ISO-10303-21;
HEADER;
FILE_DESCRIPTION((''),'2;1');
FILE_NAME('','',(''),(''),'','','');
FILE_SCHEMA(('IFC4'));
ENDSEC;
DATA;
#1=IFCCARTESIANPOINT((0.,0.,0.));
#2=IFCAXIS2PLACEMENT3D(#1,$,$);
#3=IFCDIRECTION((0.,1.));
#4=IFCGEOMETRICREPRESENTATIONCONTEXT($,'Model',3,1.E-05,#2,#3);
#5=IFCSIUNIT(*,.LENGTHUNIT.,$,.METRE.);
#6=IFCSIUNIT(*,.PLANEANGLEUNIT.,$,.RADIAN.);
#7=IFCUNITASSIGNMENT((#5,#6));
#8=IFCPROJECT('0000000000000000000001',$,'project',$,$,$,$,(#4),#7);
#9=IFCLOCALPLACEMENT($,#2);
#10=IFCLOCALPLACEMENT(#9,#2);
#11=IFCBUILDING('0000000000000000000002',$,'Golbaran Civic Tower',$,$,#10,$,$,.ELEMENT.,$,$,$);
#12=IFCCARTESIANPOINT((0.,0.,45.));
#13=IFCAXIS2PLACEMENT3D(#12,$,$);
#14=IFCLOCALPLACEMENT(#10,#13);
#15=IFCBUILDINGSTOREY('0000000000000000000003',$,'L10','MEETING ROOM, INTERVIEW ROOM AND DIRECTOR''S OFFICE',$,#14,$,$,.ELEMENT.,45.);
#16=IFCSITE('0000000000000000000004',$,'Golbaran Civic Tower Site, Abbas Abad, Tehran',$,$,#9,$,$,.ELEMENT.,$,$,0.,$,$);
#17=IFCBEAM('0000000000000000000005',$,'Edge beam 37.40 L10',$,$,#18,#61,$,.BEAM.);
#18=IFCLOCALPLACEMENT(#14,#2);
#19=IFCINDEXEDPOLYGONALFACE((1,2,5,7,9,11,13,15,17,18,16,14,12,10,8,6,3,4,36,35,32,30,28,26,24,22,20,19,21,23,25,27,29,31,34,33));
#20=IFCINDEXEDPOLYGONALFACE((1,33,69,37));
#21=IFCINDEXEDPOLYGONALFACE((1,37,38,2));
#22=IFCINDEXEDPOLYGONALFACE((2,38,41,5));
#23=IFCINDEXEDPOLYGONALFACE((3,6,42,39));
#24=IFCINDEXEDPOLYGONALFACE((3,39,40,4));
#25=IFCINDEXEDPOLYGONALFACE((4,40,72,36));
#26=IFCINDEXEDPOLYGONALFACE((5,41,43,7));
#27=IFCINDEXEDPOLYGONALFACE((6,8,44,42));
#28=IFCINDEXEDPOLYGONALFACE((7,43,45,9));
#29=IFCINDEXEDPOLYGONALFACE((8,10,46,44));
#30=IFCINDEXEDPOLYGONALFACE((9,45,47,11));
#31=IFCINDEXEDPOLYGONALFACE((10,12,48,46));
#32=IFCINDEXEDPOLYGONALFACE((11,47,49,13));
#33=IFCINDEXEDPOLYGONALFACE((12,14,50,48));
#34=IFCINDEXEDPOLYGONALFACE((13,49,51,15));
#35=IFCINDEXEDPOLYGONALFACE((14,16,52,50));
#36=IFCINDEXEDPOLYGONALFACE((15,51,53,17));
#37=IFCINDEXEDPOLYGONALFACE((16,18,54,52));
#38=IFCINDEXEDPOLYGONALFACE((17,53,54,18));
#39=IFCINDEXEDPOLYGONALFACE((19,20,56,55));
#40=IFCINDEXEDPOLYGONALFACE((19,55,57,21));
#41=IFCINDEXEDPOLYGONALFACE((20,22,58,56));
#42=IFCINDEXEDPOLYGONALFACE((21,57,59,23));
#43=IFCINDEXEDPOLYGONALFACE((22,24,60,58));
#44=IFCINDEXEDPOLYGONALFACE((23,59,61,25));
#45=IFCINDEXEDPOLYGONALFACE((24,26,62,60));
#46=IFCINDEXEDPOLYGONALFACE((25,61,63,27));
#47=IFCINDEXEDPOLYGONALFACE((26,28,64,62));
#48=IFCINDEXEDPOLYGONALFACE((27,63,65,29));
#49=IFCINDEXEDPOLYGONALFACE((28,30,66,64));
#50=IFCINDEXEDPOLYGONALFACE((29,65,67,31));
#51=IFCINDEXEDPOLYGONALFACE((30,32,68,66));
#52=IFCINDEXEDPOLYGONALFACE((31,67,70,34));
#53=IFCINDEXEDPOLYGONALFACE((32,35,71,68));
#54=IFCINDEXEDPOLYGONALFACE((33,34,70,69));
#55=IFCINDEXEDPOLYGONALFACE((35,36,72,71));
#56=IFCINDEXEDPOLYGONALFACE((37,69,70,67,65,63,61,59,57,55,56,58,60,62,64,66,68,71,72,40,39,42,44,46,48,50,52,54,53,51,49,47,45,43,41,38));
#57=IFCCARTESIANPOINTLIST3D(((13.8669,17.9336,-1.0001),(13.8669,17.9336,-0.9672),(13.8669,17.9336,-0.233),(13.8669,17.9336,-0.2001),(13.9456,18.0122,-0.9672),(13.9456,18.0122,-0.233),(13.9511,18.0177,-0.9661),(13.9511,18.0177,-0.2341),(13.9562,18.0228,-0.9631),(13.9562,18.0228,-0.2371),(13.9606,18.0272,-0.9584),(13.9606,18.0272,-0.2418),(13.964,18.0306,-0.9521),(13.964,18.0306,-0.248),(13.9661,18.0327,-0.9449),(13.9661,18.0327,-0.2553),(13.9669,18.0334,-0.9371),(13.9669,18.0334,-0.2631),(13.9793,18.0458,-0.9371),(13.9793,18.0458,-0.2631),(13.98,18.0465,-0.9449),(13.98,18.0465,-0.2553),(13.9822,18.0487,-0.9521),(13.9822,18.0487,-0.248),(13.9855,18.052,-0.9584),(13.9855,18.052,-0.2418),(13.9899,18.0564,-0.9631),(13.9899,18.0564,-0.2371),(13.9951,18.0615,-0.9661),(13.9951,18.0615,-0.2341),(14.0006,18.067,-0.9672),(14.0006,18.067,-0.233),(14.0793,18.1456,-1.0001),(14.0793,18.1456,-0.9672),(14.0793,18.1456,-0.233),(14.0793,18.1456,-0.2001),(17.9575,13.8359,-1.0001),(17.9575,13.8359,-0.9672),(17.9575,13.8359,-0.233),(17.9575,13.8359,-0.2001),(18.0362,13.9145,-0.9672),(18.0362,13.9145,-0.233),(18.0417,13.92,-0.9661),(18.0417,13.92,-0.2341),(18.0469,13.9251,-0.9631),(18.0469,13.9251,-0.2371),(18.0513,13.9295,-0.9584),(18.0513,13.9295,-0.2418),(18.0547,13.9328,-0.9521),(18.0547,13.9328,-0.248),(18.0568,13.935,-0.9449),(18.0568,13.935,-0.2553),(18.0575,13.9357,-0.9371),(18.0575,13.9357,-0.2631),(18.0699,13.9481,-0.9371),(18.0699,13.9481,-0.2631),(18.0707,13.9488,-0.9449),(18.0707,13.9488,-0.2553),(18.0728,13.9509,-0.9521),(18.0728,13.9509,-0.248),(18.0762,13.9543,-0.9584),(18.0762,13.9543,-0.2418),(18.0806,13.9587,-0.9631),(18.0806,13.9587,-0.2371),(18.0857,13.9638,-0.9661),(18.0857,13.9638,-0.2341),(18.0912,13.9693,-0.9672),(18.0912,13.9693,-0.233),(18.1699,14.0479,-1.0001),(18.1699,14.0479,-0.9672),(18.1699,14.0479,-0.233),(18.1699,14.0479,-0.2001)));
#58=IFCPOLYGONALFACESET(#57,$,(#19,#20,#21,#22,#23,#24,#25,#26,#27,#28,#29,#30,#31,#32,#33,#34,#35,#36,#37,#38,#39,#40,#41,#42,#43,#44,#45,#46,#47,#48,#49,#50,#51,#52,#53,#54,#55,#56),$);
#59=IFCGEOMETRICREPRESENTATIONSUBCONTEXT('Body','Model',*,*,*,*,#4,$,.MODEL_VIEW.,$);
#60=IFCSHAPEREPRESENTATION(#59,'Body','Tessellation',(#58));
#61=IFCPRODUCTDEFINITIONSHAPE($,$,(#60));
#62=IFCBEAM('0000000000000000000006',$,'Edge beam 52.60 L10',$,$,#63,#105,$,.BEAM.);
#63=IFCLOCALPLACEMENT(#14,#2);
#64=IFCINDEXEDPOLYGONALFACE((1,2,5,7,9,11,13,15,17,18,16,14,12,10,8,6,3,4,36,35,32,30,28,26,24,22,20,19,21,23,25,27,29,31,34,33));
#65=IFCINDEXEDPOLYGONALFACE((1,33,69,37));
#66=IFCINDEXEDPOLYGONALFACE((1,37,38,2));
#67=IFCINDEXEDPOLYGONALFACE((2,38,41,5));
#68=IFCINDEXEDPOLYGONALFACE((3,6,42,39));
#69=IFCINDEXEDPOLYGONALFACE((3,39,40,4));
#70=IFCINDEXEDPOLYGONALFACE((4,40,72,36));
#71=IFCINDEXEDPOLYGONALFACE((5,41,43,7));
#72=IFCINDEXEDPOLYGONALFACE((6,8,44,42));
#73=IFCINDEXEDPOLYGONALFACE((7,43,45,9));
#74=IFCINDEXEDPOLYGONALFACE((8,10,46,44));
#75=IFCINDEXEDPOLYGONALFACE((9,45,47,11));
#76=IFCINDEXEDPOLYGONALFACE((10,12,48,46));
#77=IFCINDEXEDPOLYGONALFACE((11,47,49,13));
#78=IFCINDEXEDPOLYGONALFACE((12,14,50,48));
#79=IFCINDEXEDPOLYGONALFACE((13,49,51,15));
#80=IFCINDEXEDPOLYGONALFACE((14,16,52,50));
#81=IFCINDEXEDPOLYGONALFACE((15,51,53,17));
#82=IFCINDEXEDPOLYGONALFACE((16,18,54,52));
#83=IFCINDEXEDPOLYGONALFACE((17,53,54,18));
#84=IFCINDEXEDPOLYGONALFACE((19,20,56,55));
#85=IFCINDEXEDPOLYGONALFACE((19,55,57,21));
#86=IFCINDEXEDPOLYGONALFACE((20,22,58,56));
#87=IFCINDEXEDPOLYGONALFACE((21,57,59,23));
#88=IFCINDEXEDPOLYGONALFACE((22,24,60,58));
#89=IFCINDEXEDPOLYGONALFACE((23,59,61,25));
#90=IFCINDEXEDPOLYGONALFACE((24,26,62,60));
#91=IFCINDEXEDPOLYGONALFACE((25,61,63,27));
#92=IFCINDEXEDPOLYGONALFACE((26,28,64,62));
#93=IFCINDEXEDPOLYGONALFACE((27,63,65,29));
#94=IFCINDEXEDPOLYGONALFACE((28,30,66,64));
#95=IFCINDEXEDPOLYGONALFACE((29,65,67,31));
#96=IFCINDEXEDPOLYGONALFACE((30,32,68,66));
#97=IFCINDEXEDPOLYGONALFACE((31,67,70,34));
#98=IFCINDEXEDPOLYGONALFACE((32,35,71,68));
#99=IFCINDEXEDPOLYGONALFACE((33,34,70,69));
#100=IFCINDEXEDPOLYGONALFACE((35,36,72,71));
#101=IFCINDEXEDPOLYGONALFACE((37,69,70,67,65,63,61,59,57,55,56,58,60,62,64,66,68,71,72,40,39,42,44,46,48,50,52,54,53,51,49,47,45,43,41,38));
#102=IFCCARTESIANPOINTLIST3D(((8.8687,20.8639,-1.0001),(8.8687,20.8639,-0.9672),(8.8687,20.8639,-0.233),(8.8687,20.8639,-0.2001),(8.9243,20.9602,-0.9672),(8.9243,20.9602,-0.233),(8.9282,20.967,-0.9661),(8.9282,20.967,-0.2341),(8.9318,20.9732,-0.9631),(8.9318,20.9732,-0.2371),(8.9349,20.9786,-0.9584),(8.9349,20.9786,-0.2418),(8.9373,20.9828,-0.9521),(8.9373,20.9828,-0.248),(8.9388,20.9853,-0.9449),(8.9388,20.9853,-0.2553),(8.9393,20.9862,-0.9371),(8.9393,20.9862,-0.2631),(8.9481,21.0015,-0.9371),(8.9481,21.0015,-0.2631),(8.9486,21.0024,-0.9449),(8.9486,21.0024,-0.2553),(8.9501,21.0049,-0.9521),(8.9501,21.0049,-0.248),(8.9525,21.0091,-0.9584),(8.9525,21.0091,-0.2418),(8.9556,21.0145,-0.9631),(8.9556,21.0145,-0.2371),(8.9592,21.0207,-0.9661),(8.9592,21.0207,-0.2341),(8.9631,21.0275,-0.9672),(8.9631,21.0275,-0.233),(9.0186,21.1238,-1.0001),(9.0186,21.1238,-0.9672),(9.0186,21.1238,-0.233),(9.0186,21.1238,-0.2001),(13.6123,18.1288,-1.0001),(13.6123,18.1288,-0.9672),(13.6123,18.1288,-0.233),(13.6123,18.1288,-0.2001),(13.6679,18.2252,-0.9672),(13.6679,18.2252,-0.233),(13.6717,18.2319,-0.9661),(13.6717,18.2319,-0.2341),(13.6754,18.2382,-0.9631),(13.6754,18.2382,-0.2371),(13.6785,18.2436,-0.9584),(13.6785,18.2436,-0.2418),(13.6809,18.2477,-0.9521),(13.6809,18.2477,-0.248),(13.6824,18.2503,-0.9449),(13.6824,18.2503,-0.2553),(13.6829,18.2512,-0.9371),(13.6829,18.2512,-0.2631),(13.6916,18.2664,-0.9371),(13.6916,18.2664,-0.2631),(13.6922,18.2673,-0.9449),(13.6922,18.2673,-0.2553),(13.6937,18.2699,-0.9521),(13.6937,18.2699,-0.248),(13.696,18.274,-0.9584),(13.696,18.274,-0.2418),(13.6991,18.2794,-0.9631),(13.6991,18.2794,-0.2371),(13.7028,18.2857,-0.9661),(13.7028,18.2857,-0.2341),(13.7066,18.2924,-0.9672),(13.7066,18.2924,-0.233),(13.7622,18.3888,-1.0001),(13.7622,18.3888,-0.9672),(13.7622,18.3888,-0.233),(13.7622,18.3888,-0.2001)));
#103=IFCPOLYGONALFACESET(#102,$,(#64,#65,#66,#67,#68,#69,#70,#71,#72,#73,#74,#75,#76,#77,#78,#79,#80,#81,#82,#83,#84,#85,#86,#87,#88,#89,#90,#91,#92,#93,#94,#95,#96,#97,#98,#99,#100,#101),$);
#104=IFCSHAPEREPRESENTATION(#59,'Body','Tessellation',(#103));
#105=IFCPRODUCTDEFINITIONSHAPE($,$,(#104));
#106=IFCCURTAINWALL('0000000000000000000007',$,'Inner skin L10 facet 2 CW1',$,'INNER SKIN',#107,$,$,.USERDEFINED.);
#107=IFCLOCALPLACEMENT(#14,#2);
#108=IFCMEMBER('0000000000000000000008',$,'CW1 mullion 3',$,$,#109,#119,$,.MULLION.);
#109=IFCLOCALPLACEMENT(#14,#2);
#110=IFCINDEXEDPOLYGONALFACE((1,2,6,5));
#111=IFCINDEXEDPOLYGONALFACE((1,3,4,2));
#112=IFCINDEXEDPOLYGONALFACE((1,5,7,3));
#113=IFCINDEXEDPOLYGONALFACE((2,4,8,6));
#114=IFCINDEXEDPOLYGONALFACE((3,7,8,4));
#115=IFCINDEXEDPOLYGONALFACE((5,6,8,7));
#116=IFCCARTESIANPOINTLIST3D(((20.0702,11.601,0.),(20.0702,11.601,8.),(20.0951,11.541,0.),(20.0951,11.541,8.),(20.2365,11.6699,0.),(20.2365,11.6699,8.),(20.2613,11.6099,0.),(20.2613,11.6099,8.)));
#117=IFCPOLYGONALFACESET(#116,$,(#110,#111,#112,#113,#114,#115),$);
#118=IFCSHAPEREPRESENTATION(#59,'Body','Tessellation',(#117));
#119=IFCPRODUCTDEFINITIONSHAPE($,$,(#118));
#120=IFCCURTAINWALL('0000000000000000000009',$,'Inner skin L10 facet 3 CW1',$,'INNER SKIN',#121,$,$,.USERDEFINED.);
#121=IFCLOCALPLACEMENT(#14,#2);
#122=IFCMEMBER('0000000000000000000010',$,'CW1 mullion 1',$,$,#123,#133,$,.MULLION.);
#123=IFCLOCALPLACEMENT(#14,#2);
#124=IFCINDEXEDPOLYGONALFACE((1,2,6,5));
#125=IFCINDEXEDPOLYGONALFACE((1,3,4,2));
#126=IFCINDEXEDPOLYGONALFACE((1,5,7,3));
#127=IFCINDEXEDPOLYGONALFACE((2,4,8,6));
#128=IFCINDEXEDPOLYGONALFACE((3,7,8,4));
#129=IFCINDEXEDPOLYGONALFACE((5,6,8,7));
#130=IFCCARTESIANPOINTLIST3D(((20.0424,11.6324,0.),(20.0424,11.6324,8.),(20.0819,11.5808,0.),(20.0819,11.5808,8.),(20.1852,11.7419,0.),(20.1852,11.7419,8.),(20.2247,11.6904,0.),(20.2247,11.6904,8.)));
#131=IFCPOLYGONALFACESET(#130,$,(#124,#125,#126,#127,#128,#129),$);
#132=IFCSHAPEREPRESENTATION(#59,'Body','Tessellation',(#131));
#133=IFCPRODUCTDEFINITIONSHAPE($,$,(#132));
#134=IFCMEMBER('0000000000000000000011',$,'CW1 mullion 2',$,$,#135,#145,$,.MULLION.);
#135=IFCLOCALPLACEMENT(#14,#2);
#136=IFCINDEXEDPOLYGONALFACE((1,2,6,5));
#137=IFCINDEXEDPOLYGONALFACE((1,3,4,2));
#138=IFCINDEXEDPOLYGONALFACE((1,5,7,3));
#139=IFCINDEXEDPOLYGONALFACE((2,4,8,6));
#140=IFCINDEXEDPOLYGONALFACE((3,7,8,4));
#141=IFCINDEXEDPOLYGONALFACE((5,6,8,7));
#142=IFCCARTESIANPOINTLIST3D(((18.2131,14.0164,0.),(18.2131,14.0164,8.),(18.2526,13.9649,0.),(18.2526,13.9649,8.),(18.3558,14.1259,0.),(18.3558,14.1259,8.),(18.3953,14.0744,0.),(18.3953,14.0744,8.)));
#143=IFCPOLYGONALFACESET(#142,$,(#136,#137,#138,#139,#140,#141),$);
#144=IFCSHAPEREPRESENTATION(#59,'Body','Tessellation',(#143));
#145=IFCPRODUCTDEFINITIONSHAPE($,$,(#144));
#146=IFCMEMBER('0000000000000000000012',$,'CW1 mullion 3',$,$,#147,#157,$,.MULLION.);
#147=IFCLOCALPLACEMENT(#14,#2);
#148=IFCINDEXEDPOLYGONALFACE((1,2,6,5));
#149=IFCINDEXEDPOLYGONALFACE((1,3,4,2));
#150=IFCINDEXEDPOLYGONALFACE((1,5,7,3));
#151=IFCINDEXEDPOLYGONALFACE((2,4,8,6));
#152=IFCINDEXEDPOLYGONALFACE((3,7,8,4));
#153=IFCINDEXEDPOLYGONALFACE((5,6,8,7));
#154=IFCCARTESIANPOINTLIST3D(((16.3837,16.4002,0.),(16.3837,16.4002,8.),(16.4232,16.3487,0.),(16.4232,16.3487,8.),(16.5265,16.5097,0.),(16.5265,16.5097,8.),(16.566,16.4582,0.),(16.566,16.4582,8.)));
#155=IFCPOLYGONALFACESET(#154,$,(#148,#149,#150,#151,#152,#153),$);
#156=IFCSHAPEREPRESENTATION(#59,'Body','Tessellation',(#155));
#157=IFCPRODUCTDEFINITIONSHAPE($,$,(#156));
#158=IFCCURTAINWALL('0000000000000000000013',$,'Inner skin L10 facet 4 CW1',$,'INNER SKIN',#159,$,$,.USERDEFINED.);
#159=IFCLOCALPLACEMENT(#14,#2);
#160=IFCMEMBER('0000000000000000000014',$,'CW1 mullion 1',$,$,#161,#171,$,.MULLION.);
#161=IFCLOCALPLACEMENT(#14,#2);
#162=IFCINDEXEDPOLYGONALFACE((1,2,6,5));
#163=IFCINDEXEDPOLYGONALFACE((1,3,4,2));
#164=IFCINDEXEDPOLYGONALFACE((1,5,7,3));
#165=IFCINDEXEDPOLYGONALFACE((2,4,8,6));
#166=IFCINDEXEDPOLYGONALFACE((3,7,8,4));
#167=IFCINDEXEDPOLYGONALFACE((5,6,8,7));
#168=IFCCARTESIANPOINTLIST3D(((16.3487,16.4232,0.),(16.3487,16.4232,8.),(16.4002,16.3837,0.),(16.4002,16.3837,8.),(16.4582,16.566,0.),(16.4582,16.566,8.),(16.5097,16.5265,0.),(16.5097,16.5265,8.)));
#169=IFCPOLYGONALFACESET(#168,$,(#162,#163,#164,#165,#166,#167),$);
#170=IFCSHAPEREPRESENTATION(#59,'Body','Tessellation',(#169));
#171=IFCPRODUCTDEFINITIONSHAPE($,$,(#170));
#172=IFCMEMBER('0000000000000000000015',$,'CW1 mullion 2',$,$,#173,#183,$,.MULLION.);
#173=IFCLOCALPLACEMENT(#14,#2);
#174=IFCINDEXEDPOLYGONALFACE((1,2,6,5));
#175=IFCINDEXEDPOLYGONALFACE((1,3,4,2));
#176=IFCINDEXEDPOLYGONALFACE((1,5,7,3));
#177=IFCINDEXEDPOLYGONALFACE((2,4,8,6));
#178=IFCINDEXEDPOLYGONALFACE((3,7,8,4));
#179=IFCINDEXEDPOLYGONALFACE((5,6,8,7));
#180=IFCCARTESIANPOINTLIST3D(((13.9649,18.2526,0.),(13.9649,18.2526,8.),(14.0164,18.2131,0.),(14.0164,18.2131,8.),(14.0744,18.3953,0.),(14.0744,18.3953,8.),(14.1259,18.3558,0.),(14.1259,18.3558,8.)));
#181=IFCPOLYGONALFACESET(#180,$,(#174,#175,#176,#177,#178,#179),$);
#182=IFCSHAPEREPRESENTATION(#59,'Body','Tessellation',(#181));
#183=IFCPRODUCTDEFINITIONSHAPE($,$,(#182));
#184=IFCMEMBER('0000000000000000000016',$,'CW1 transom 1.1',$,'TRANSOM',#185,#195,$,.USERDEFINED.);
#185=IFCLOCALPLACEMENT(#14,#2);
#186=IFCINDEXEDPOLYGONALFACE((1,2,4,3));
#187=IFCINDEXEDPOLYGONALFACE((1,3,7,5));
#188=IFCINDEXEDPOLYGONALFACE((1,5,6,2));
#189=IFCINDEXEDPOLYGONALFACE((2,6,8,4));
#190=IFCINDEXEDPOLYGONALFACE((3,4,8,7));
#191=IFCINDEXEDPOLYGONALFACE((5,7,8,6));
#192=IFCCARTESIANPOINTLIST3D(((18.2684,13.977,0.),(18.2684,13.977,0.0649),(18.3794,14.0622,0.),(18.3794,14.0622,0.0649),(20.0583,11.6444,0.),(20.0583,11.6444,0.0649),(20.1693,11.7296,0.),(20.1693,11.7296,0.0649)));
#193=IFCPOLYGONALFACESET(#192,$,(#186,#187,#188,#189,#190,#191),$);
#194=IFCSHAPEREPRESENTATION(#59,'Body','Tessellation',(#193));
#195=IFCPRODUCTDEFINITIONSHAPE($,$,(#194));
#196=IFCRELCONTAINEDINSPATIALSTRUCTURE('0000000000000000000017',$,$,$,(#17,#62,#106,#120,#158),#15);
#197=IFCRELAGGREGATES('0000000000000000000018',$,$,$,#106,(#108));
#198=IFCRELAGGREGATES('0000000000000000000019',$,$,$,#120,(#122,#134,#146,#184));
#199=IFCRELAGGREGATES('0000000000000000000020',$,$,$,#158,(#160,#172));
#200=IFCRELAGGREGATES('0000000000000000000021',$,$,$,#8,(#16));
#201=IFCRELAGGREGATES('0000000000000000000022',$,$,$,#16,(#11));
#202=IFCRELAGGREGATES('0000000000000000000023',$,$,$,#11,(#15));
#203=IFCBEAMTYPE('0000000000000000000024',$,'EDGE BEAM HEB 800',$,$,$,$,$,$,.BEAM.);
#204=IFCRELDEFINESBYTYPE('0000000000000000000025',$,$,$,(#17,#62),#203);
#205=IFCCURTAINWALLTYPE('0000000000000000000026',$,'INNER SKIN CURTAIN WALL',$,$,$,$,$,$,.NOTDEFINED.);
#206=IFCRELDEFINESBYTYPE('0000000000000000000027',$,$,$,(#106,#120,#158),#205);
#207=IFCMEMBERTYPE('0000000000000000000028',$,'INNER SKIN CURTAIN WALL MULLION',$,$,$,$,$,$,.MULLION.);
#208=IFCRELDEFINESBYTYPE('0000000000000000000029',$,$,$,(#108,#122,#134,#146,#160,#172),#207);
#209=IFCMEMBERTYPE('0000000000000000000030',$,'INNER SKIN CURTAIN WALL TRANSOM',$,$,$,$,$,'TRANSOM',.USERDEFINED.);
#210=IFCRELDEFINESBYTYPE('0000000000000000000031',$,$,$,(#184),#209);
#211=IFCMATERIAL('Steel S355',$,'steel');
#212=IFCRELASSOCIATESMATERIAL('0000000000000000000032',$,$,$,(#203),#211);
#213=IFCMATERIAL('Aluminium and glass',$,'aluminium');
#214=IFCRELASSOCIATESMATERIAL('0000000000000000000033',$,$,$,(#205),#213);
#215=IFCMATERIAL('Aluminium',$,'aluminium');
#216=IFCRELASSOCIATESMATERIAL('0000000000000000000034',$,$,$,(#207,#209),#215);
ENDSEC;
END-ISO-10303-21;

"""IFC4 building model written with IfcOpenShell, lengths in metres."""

from ifc_helpers import new_model, si_unit, direction, frame, origin, origin_2d, place, context, subcontext, project, spatial, rectangle, i_section, extrude, material, material_profile, profile_set, type_object, element, aggregate, save


model = new_model("IFC4")

# Units and contexts
model_context = context("Model", 3, precision=1e-05, world=origin(), true_north=direction((0.0, 1.0)))
body_context = subcontext(model_context, "Body", "Model", "MODEL_VIEW")
ifc_project = project(units=[si_unit("LENGTHUNIT", "METRE"), si_unit("PLANEANGLEUNIT", "RADIAN")], contexts=[model_context])

# Site, building, storey
site_placement = place(None, origin())
site = spatial("IfcSite", under=ifc_project, at=site_placement, Name="Golbaran Civic Tower Site, Abbas Abad, Tehran", CompositionType="ELEMENT", RefElevation=0.0)
building_placement = place(site_placement, origin())
building = spatial("IfcBuilding", under=site, at=building_placement, Name="Golbaran Civic Tower", CompositionType="ELEMENT")
storey_placement = place(building_placement, frame((0.0, 0.0, 45.0)))
storey = spatial("IfcBuildingStorey", under=building, at=storey_placement, Name="L10", Description="MEETING ROOM, INTERVIEW ROOM AND DIRECTOR'S OFFICE", CompositionType="ELEMENT", Elevation=45.0)

# Beams
ifc_material_1 = material(Name="Steel S355", Category="steel")
ifc_material_profile_1 = material_profile(ifc_material_1, i_section(OverallWidth=0.3, OverallDepth=0.8, WebThickness=0.0176, FlangeThickness=0.033, FilletRadius=0.03, at=origin_2d()), Name="HEB 800")
ifc_profile_set_1 = profile_set([ifc_material_profile_1], Name="Steel S355")
beam_type = type_object("IfcBeamType", Name="EDGE BEAM HEB 800", PredefinedType="BEAM", material=ifc_profile_set_1)
beam_1_placement = place(storey_placement, frame((18.0637, 13.9419, -0.6001), z_axis=(-0.706495, 0.707718, 0.0), x_axis=(-0.707718, -0.706495, 0.0)))
element("IfcBeam", 1, at=beam_1_placement, inside=storey, type_object=beam_type, Name="Edge beam 37.40 L10", PredefinedType="BEAM", context=body_context, shape_type="SweptSolid", body=[
    extrude(i_section(OverallWidth=0.3, OverallDepth=0.8, WebThickness=0.0176, FlangeThickness=0.033, FilletRadius=0.03, at=origin_2d()), origin(), (0.0, 0.0, 1.0), 5.79),
])
beam_2_placement = place(storey_placement, frame((13.6873, 18.2588, -0.6001), z_axis=(-0.866313, 0.499501, 0.0), x_axis=(-0.499501, -0.866313, 0.0)))
element("IfcBeam", 2, at=beam_2_placement, inside=storey, type_object=beam_type, Name="Edge beam 52.60 L10", PredefinedType="BEAM", context=body_context, shape_type="SweptSolid", body=[
    extrude(i_section(OverallWidth=0.3, OverallDepth=0.8, WebThickness=0.0176, FlangeThickness=0.033, FilletRadius=0.03, at=origin_2d()), origin(), (0.0, 0.0, 1.0), 5.4756),
])

# Curtain wall, member
ifc_material_2 = material(Name="Aluminium and glass", Category="aluminium")
curtain_wall_type = type_object("IfcCurtainWallType", Name="INNER SKIN CURTAIN WALL", PredefinedType="NOTDEFINED", material=ifc_material_2)
curtain_wall_1_placement = place(storey_placement, origin())
curtain_wall_1 = element("IfcCurtainWall", 3, at=curtain_wall_1_placement, inside=storey, type_object=curtain_wall_type, Name="Inner skin L10 facet 2 CW1", ObjectType="INNER SKIN", PredefinedType="USERDEFINED")
ifc_material_3 = material(Name="Aluminium", Category="aluminium")
ifc_material_profile_2 = material_profile(ifc_material_3, rectangle(XDim=0.1799, YDim=0.0649, at=origin_2d()), Name="INNER SKIN CURTAIN WALL MULLION")
ifc_profile_set_2 = profile_set([ifc_material_profile_2], Name="Aluminium")
member_type_1 = type_object("IfcMemberType", Name="INNER SKIN CURTAIN WALL MULLION", PredefinedType="MULLION", material=ifc_profile_set_2)
member_1_placement = place(storey_placement, frame((20.1658, 11.6055, 0.0), z_axis=(0.0, 0.0, 1.0), x_axis=(-0.92388, -0.382683, 0.0)))
member_1 = element("IfcMember", 4, at=member_1_placement, type_object=member_type_1, Name="CW1 mullion 3", PredefinedType="MULLION", context=body_context, shape_type="SweptSolid", body=[
    extrude(rectangle(XDim=0.1799, YDim=0.0649, at=origin_2d()), origin(), (0.0, 0.0, 1.0), 8.0),
])
aggregate(curtain_wall_1, [member_1])

# Curtain walls, members
curtain_wall_2_placement = place(storey_placement, origin())
curtain_wall_2 = element("IfcCurtainWall", 5, at=curtain_wall_2_placement, inside=storey, type_object=curtain_wall_type, Name="Inner skin L10 facet 3 CW1", ObjectType="INNER SKIN", PredefinedType="USERDEFINED")
member_2_placement = place(storey_placement, frame((20.1335, 11.6614, 0.0), z_axis=(0.0, 0.0, 1.0), x_axis=(-0.793353, -0.608761, 0.0)))
member_2 = element("IfcMember", 6, at=member_2_placement, type_object=member_type_1, Name="CW1 mullion 1", PredefinedType="MULLION", context=body_context, shape_type="SweptSolid", body=[
    extrude(rectangle(XDim=0.1799, YDim=0.0649, at=origin_2d()), origin(), (0.0, 0.0, 1.0), 8.0),
])
member_3_placement = place(storey_placement, frame((18.3042, 14.0454, 0.0), z_axis=(0.0, 0.0, 1.0), x_axis=(-0.793353, -0.608761, 0.0)))
member_3 = element("IfcMember", 7, at=member_3_placement, type_object=member_type_1, Name="CW1 mullion 2", PredefinedType="MULLION", context=body_context, shape_type="SweptSolid", body=[
    extrude(rectangle(XDim=0.1799, YDim=0.0649, at=origin_2d()), origin(), (0.0, 0.0, 1.0), 8.0),
])
member_4_placement = place(storey_placement, frame((16.4749, 16.4292, 0.0), z_axis=(0.0, 0.0, 1.0), x_axis=(-0.793353, -0.608761, 0.0)))
member_4 = element("IfcMember", 8, at=member_4_placement, type_object=member_type_1, Name="CW1 mullion 3", PredefinedType="MULLION", context=body_context, shape_type="SweptSolid", body=[
    extrude(rectangle(XDim=0.1799, YDim=0.0649, at=origin_2d()), origin(), (0.0, 0.0, 1.0), 8.0),
])
curtain_wall_3_placement = place(storey_placement, origin())
curtain_wall_3 = element("IfcCurtainWall", 9, at=curtain_wall_3_placement, inside=storey, type_object=curtain_wall_type, Name="Inner skin L10 facet 4 CW1", ObjectType="INNER SKIN", PredefinedType="USERDEFINED")
member_5_placement = place(storey_placement, frame((16.4292, 16.4749, 0.0), z_axis=(0.0, 0.0, 1.0), x_axis=(-0.608761, -0.793353, 0.0)))
member_5 = element("IfcMember", 10, at=member_5_placement, type_object=member_type_1, Name="CW1 mullion 1", PredefinedType="MULLION", context=body_context, shape_type="SweptSolid", body=[
    extrude(rectangle(XDim=0.1799, YDim=0.0649, at=origin_2d()), origin(), (0.0, 0.0, 1.0), 8.0),
])
member_6_placement = place(storey_placement, frame((14.0454, 18.3042, 0.0), z_axis=(0.0, 0.0, 1.0), x_axis=(-0.608761, -0.793353, 0.0)))
member_6 = element("IfcMember", 11, at=member_6_placement, type_object=member_type_1, Name="CW1 mullion 2", PredefinedType="MULLION", context=body_context, shape_type="SweptSolid", body=[
    extrude(rectangle(XDim=0.1799, YDim=0.0649, at=origin_2d()), origin(), (0.0, 0.0, 1.0), 8.0),
])

# Member
ifc_material_profile_3 = material_profile(ifc_material_3, rectangle(XDim=0.1399, YDim=0.0649, at=origin_2d()), Name="INNER SKIN CURTAIN WALL TRANSOM")
ifc_profile_set_3 = profile_set([ifc_material_profile_3], Name="Aluminium")
member_type_2 = type_object("IfcMemberType", Name="INNER SKIN CURTAIN WALL TRANSOM", ElementType="TRANSOM", PredefinedType="USERDEFINED", material=ifc_profile_set_3)
member_7_placement = place(storey_placement, frame((20.1138, 11.687, 0.0325), z_axis=(-0.608759, 0.793355, 0.0), x_axis=(-0.793355, -0.608759, 0.0)))
member_7 = element("IfcMember", 12, at=member_7_placement, type_object=member_type_2, Name="CW1 transom 1.1", ObjectType="TRANSOM", PredefinedType="USERDEFINED", context=body_context, shape_type="SweptSolid", body=[
    extrude(rectangle(XDim=0.1399, YDim=0.0649, at=origin_2d()), origin(), (0.0, 0.0, 1.0), 2.9402),
])

aggregate(curtain_wall_2, [member_2, member_3, member_4, member_7])
aggregate(curtain_wall_3, [member_5, member_6])

save(model, "model.ifc")
